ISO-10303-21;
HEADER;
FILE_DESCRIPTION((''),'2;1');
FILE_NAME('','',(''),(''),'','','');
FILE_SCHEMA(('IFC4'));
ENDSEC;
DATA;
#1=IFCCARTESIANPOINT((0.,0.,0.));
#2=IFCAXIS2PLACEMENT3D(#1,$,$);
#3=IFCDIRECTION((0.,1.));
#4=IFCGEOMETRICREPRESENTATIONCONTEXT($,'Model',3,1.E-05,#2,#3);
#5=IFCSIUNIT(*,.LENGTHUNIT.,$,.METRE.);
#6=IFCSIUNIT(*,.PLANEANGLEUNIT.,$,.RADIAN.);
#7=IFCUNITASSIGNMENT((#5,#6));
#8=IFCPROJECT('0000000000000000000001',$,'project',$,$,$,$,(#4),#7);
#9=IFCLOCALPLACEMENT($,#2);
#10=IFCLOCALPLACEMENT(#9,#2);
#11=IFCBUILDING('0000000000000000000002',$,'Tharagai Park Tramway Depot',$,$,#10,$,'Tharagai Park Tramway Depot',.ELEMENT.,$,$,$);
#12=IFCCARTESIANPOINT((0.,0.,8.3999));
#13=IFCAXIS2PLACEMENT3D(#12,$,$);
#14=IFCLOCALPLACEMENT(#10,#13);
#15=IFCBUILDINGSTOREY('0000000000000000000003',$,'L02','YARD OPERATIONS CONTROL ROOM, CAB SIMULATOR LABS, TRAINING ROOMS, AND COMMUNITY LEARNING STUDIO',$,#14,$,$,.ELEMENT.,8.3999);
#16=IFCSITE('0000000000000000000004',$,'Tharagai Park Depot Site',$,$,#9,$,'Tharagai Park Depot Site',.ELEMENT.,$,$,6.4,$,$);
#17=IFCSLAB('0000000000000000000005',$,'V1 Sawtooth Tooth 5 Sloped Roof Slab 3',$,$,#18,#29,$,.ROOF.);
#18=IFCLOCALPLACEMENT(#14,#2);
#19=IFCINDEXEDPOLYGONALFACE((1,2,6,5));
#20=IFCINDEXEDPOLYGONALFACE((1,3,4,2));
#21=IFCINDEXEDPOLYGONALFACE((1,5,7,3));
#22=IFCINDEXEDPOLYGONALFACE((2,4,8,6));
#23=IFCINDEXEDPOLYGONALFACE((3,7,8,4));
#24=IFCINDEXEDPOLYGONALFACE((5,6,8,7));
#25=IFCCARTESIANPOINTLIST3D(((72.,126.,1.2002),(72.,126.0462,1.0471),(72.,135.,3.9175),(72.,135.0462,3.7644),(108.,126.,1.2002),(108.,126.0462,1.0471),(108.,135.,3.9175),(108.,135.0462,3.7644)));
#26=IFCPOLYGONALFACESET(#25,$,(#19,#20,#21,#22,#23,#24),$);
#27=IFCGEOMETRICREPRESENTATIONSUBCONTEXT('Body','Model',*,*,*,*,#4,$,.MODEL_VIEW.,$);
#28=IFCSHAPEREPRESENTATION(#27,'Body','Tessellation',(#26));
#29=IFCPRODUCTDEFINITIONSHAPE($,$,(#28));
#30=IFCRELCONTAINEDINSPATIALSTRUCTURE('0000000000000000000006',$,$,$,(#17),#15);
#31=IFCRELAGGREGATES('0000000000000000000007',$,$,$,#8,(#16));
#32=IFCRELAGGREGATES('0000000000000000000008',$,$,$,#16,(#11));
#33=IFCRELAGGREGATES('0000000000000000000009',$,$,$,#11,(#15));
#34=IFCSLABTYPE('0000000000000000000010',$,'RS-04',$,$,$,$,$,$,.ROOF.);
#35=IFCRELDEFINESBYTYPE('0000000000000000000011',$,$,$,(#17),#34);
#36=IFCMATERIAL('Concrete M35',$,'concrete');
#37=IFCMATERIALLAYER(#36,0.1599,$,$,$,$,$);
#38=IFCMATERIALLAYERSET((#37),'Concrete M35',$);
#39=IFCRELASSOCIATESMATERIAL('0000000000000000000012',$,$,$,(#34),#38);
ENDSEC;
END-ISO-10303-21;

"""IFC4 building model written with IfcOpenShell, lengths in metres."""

from ifc_helpers import new_model, si_unit, direction, frame, origin, place, context, subcontext, project, spatial, polyline, outline, extrude, material, layer, layer_set, type_object, element, save


model = new_model("IFC4")

# Units and contexts
model_context = context("Model", 3, precision=1e-05, world=origin(), true_north=direction((0.0, 1.0)))
body_context = subcontext(model_context, "Body", "Model", "MODEL_VIEW")
ifc_project = project(units=[si_unit("LENGTHUNIT", "METRE"), si_unit("PLANEANGLEUNIT", "RADIAN")], contexts=[model_context])

# Site, building, storey
site_placement = place(None, origin())
site = spatial("IfcSite", under=ifc_project, at=site_placement, Name="Tharagai Park Depot Site", LongName="Tharagai Park Depot Site", CompositionType="ELEMENT", RefElevation=6.4)
building_placement = place(site_placement, origin())
building = spatial("IfcBuilding", under=site, at=building_placement, Name="Tharagai Park Tramway Depot", LongName="Tharagai Park Tramway Depot", CompositionType="ELEMENT")
storey_placement = place(building_placement, frame((0.0, 0.0, 8.3999)))
storey = spatial("IfcBuildingStorey", under=building, at=storey_placement, Name="L02", Description="YARD OPERATIONS CONTROL ROOM, CAB SIMULATOR LABS, TRAINING ROOMS, AND COMMUNITY LEARNING STUDIO", CompositionType="ELEMENT", Elevation=8.3999)

# Slab
ifc_material_1 = material(Name="Concrete M35", Category="concrete")
ifc_layer_1 = layer(ifc_material_1, 0.1599)
ifc_layer_set_1 = layer_set([ifc_layer_1], Name="Concrete M35")
slab_type = type_object("IfcSlabType", Name="RS-04", PredefinedType="ROOF", material=ifc_layer_set_1)
slab_placement = place(storey_placement, frame((72.0, 126.0, 1.2002), z_axis=(0.0, -0.289034, 0.957319), x_axis=(1.0, 0.0, 0.0)))
element("IfcSlab", 1, at=slab_placement, inside=storey, type_object=slab_type, Name="V1 Sawtooth Tooth 5 Sloped Roof Slab 3", PredefinedType="ROOF", context=body_context, shape_type="SweptSolid", body=[
    extrude(outline(polyline([(0.0, 0.0), (36.0, 0.0), (36.0, 9.4013), (0.0, 9.4013), (0.0, 0.0)])), origin(), (0.0, 0.0, -1.0), 0.1599),
])

save(model, "model.ifc")
